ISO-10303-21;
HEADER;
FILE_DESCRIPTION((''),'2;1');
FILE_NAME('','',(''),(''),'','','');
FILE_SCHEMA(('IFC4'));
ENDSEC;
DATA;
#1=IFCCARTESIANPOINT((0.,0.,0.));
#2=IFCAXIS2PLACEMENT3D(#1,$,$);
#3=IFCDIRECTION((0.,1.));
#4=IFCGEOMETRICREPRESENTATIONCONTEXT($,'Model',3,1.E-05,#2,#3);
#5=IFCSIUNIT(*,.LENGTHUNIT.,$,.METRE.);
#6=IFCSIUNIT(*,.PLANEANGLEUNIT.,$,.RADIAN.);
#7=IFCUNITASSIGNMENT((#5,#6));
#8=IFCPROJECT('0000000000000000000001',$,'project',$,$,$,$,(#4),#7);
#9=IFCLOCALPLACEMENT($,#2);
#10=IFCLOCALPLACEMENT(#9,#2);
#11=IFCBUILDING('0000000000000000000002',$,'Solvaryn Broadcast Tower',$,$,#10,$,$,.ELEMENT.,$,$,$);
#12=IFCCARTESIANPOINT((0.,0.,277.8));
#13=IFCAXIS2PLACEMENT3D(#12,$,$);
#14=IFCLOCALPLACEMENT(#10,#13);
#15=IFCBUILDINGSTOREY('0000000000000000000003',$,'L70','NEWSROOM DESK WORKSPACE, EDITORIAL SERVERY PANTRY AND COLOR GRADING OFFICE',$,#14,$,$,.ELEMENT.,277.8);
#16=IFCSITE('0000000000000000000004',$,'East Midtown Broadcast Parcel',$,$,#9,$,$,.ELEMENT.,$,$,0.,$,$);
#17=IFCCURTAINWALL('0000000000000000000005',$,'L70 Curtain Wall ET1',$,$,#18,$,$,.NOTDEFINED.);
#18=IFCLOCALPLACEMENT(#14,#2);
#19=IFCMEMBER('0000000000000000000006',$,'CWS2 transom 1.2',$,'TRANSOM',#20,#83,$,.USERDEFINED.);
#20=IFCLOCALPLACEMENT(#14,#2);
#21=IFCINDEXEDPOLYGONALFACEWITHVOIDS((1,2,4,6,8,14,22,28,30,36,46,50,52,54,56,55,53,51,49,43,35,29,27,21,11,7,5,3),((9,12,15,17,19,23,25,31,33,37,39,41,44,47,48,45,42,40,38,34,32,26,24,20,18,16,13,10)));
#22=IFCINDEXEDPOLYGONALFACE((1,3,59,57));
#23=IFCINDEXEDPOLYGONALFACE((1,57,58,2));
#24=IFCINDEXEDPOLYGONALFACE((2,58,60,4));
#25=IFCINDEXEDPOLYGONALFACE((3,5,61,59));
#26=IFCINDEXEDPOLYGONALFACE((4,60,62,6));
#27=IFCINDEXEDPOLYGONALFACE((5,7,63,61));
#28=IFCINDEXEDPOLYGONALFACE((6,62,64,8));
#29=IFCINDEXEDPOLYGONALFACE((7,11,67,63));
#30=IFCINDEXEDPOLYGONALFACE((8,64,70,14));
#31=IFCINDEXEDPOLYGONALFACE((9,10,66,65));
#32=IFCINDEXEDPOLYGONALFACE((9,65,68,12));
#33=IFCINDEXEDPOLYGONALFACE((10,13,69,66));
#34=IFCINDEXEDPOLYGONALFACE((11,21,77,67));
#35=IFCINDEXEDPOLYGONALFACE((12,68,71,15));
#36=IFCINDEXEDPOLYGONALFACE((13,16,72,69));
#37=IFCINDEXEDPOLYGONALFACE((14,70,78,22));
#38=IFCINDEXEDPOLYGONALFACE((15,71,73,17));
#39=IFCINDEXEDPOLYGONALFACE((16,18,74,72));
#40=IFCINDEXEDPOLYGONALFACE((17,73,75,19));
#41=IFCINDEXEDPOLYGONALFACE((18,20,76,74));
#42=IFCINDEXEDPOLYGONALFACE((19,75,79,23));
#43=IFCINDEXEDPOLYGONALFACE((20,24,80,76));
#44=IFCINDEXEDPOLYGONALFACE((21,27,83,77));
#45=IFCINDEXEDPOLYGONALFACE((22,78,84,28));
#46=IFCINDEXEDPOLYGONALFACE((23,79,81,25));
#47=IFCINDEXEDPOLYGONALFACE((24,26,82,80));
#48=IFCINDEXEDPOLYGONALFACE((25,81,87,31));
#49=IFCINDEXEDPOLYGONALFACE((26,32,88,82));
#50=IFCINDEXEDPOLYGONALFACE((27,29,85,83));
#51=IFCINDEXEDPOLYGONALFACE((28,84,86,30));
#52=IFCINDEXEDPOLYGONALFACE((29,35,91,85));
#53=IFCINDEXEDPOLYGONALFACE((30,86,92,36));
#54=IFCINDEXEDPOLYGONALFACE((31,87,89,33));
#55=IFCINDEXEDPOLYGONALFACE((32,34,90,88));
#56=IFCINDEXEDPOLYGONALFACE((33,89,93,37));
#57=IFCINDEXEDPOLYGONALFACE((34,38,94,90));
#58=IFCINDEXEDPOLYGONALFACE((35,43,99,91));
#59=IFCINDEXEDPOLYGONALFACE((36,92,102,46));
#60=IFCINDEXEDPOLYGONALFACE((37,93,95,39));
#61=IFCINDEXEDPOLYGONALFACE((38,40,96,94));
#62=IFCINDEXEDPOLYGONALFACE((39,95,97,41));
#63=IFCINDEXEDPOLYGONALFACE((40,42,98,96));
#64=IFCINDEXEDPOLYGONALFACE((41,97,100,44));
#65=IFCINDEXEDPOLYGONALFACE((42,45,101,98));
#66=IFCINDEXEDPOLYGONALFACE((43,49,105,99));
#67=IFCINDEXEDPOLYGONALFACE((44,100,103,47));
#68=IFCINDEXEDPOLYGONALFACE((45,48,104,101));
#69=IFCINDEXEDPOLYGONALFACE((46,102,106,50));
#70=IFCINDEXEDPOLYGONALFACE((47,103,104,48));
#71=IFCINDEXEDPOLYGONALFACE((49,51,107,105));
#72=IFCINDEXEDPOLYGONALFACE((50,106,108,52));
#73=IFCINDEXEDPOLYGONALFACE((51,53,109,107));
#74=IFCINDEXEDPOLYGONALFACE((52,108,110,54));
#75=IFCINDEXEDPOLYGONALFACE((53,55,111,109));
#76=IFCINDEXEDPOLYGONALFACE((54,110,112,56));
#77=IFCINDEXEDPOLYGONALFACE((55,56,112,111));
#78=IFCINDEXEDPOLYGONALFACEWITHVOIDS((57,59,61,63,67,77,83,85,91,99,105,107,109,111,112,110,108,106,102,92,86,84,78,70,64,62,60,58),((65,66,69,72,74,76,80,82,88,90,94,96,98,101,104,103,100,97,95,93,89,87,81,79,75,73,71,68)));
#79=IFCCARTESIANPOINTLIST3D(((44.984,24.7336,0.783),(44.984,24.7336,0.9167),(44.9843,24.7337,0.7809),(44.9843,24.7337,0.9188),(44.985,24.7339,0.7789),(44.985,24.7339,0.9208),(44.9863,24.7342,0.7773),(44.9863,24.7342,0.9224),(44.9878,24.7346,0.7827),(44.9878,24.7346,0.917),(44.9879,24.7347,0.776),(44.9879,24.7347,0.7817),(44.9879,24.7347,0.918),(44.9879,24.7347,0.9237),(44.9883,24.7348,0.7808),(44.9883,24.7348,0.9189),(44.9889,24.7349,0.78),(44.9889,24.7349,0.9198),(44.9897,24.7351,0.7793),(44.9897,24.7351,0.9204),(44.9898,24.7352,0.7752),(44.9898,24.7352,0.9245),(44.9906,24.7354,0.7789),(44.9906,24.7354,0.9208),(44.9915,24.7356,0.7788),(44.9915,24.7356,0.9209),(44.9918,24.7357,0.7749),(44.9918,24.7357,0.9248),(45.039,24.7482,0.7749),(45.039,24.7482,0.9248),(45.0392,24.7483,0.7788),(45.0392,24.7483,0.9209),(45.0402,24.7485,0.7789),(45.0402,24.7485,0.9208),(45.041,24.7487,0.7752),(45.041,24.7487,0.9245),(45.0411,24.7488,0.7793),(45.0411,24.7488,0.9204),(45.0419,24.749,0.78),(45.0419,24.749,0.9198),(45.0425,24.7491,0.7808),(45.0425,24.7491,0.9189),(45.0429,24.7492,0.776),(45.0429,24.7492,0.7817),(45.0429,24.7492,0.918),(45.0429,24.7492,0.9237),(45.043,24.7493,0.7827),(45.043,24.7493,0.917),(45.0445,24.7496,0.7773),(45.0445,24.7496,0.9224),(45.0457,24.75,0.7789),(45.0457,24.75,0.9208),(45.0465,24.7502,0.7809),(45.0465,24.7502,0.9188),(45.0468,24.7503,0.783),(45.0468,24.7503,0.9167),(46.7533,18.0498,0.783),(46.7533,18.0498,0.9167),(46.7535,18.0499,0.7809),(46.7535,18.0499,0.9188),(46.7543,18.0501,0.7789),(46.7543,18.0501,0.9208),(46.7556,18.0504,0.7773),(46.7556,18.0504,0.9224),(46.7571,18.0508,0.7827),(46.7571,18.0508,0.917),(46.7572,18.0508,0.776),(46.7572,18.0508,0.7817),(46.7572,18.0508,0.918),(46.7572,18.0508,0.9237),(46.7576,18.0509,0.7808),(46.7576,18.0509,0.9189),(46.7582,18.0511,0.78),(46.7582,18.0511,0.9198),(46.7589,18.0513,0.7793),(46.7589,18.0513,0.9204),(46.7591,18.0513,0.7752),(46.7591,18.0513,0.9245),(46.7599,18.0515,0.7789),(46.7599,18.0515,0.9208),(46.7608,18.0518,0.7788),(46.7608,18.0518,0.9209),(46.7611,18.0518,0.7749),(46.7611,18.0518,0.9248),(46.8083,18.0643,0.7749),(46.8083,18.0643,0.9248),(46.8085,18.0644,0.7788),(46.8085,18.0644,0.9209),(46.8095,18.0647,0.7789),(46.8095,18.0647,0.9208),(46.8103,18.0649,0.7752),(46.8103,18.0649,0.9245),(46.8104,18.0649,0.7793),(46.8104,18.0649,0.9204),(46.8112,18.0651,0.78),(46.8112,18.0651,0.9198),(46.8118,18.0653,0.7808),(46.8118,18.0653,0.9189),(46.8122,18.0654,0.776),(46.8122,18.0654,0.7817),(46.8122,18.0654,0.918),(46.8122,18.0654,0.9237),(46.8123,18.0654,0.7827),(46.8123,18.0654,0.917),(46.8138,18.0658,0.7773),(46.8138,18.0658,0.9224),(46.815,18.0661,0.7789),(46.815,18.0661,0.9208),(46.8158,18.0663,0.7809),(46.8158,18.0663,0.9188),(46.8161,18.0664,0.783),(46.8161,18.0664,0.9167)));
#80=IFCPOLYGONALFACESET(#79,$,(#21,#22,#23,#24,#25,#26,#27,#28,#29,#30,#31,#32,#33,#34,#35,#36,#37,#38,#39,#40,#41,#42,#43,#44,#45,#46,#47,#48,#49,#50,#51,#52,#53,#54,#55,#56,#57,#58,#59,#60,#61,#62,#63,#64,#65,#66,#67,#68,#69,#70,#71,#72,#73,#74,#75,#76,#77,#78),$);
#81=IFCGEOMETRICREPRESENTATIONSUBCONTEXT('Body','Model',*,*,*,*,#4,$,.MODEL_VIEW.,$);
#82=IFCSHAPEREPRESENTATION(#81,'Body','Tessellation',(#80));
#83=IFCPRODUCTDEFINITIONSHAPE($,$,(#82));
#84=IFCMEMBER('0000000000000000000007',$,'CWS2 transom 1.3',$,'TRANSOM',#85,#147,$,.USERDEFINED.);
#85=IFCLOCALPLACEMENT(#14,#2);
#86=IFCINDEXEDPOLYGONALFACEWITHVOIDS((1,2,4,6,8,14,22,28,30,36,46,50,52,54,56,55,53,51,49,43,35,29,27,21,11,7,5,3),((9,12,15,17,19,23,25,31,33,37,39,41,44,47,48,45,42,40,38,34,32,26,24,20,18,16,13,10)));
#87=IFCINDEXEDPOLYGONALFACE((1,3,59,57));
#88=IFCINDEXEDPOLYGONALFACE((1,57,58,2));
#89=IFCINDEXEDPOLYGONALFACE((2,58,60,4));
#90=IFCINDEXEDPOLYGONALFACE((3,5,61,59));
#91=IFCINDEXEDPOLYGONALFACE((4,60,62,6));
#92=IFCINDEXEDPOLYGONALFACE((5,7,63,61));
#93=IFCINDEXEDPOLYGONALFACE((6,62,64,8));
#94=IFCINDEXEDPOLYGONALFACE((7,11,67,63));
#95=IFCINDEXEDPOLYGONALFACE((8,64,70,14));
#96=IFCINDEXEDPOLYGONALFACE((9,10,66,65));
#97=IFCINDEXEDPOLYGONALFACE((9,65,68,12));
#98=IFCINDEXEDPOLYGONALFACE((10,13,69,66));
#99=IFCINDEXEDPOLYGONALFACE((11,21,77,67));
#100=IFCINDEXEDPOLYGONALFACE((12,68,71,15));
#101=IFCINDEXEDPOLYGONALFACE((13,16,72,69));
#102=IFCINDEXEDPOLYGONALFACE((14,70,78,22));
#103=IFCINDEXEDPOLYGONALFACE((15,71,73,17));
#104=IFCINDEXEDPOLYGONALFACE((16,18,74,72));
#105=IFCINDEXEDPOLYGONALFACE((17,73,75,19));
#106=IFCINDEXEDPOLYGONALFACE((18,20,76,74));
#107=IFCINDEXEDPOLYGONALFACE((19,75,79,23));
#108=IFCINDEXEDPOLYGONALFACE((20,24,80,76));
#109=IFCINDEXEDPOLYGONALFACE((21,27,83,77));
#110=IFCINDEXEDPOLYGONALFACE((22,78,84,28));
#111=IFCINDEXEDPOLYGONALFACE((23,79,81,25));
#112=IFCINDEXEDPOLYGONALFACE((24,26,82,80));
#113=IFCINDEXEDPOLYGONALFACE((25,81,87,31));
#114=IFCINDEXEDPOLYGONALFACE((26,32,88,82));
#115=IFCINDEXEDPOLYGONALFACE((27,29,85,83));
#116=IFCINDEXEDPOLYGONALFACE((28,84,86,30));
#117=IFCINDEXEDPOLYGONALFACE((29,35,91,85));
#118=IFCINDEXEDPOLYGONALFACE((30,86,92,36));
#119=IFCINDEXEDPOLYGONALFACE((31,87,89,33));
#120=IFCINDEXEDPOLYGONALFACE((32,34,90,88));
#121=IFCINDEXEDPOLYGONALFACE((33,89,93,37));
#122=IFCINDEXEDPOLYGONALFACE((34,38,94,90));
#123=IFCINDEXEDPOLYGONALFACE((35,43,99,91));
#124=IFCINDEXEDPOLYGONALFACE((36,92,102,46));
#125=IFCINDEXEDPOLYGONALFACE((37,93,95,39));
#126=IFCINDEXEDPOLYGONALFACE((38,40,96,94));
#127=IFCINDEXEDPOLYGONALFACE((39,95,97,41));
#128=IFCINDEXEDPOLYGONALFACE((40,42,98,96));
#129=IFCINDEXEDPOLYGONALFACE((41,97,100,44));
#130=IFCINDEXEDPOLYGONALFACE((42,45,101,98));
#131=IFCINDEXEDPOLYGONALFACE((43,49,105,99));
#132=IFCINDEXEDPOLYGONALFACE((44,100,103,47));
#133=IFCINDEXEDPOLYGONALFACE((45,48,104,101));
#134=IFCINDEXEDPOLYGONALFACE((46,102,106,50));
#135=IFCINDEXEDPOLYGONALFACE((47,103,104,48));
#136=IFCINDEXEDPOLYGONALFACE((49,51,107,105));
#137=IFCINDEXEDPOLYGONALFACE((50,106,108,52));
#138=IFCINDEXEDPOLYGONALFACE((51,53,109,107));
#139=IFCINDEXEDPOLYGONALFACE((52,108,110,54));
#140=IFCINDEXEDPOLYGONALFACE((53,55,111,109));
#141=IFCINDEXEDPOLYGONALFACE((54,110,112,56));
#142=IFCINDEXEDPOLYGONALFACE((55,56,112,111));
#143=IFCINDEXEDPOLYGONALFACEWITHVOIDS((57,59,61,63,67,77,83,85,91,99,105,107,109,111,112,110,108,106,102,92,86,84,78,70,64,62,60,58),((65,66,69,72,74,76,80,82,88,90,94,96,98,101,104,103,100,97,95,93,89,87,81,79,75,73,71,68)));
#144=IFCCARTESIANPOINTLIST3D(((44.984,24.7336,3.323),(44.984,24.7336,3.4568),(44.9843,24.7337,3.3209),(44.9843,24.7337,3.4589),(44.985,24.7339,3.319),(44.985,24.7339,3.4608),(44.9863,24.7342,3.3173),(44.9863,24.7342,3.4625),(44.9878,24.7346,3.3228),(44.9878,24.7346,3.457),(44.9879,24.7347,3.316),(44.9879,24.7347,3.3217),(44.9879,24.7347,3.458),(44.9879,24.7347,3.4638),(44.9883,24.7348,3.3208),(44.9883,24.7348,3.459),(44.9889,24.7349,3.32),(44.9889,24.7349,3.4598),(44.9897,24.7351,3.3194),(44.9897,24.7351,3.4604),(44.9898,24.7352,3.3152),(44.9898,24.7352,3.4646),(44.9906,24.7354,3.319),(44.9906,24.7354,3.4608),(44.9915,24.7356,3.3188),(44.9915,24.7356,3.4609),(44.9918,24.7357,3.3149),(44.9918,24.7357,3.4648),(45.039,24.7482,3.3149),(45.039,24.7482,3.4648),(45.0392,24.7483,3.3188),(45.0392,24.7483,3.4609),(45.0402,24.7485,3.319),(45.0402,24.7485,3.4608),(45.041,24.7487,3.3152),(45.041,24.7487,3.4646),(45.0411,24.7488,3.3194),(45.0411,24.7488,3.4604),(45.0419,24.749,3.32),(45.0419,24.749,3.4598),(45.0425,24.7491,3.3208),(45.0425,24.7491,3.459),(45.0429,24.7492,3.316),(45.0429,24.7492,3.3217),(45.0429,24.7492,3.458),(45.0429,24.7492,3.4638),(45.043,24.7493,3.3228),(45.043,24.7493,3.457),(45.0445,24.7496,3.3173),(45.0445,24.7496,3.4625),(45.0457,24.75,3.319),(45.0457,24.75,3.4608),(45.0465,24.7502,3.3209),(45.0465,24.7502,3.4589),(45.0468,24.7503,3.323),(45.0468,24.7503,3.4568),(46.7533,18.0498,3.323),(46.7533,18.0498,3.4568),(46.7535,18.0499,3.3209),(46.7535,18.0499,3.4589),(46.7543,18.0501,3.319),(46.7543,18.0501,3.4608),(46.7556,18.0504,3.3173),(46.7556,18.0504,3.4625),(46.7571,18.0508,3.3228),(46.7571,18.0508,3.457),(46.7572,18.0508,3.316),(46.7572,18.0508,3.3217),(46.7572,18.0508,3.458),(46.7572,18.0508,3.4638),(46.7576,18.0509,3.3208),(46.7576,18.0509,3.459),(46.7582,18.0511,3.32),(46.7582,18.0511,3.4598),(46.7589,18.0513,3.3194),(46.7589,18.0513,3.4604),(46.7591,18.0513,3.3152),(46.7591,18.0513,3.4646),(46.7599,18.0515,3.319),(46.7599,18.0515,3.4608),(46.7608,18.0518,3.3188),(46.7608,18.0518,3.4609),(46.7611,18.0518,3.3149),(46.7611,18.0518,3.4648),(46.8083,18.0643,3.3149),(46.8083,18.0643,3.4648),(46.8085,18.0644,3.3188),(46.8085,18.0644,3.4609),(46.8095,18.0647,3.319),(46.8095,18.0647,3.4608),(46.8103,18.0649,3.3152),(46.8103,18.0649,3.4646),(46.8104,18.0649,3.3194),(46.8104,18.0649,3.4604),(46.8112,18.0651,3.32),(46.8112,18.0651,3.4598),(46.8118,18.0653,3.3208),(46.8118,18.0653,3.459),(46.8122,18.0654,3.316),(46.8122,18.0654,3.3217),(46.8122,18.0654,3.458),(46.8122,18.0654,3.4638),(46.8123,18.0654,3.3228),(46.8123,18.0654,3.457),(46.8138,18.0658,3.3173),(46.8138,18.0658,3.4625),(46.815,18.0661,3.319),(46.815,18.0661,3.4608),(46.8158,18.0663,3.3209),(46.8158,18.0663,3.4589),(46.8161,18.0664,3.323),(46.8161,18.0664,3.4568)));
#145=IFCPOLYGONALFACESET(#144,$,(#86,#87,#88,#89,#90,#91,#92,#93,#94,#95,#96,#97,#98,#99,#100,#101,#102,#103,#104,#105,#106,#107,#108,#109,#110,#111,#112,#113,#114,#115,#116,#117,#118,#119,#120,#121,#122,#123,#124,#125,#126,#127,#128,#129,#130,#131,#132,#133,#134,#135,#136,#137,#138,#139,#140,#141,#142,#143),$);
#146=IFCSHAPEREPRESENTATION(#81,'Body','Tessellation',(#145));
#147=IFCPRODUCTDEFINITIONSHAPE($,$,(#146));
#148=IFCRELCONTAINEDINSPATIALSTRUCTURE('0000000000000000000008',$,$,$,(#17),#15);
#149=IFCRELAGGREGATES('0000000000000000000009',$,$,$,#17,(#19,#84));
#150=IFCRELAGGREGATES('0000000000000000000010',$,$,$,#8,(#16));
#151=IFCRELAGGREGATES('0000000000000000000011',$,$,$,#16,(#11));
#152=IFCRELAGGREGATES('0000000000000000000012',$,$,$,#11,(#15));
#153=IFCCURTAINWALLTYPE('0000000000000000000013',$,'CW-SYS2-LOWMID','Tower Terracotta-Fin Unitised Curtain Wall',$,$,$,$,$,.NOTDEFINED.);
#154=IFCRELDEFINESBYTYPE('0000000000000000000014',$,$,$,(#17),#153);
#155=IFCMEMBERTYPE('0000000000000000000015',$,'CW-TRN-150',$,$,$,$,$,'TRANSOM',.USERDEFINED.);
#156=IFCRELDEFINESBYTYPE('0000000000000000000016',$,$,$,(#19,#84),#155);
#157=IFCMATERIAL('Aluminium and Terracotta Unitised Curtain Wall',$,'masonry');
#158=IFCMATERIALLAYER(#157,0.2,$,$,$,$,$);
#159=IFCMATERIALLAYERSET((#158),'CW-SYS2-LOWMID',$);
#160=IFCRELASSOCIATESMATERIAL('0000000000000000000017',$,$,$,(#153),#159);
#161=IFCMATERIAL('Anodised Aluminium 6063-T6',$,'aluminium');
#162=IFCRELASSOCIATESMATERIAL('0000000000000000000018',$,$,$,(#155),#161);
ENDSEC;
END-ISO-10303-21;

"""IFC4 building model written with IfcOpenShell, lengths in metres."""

from ifc_helpers import new_model, si_unit, direction, frame, origin, origin_2d, place, context, subcontext, project, spatial, hollow_rectangle, extrude, material, layer, layer_set, material_profile, profile_set, type_object, element, aggregate, save


model = new_model("IFC4")

# Units and contexts
model_context = context("Model", 3, precision=1e-05, world=origin(), true_north=direction((0.0, 1.0)))
body_context = subcontext(model_context, "Body", "Model", "MODEL_VIEW")
ifc_project = project(units=[si_unit("LENGTHUNIT", "METRE"), si_unit("PLANEANGLEUNIT", "RADIAN")], contexts=[model_context])

# Site, building, storey
site_placement = place(None, origin())
site = spatial("IfcSite", under=ifc_project, at=site_placement, Name="East Midtown Broadcast Parcel", CompositionType="ELEMENT", RefElevation=0.0)
building_placement = place(site_placement, origin())
building = spatial("IfcBuilding", under=site, at=building_placement, Name="Solvaryn Broadcast Tower", CompositionType="ELEMENT")
storey_placement = place(building_placement, frame((0.0, 0.0, 277.8)))
storey = spatial("IfcBuildingStorey", under=building, at=storey_placement, Name="L70", Description="NEWSROOM DESK WORKSPACE, EDITORIAL SERVERY PANTRY AND COLOR GRADING OFFICE", CompositionType="ELEMENT", Elevation=277.8)

# Curtain wall
ifc_material_1 = material(Name="Aluminium and Terracotta Unitised Curtain Wall", Category="masonry")
ifc_layer_1 = layer(ifc_material_1, 0.2)
ifc_layer_set_1 = layer_set([ifc_layer_1], Name="CW-SYS2-LOWMID")
curtain_wall_type = type_object("IfcCurtainWallType", Name="CW-SYS2-LOWMID", Description="Tower Terracotta-Fin Unitised Curtain Wall", PredefinedType="NOTDEFINED", material=ifc_layer_set_1)
curtain_wall_1_placement = place(storey_placement, origin())
curtain_wall_1 = element("IfcCurtainWall", 1, at=curtain_wall_1_placement, inside=storey, type_object=curtain_wall_type, Name="L70 Curtain Wall ET1", PredefinedType="NOTDEFINED")

# Members
ifc_material_2 = material(Name="Anodised Aluminium 6063-T6", Category="aluminium")
ifc_material_profile_1 = material_profile(ifc_material_2, hollow_rectangle(XDim=0.0649, YDim=0.1499, WallThickness=0.0039, InnerFilletRadius=0.0039, OuterFilletRadius=0.0081, at=origin_2d()))
ifc_profile_set_1 = profile_set([ifc_material_profile_1], Name="Anodised Aluminium 6063-T6")
member_type_1 = type_object("IfcMemberType", Name="CW-TRN-150", ElementType="TRANSOM", PredefinedType="USERDEFINED", material=ifc_profile_set_1)
member_1_placement = place(storey_placement, frame((45.0154, 24.7419, 0.8499), z_axis=(0.255897, -0.966704, 0.0), x_axis=(0.966704, 0.255897, 0.0)))
member_1 = element("IfcMember", 2, at=member_1_placement, type_object=member_type_1, Name="CWS2 transom 1.2", ObjectType="TRANSOM", PredefinedType="USERDEFINED", context=body_context, shape_type="SweptSolid", body=[
    extrude(hollow_rectangle(XDim=0.0649, YDim=0.1499, WallThickness=0.0039, InnerFilletRadius=0.0039, OuterFilletRadius=0.0081, at=origin_2d()), origin(), (0.0, 0.0, 1.0), 6.9141),
])
member_2_placement = place(storey_placement, frame((45.0154, 24.7419, 3.3899), z_axis=(0.255897, -0.966704, 0.0), x_axis=(0.966704, 0.255897, 0.0)))
member_2 = element("IfcMember", 3, at=member_2_placement, type_object=member_type_1, Name="CWS2 transom 1.3", ObjectType="TRANSOM", PredefinedType="USERDEFINED", context=body_context, shape_type="SweptSolid", body=[
    extrude(hollow_rectangle(XDim=0.0649, YDim=0.1499, WallThickness=0.0039, InnerFilletRadius=0.0039, OuterFilletRadius=0.0081, at=origin_2d()), origin(), (0.0, 0.0, 1.0), 6.9141),
])

aggregate(curtain_wall_1, [member_1, member_2])

save(model, "model.ifc")
